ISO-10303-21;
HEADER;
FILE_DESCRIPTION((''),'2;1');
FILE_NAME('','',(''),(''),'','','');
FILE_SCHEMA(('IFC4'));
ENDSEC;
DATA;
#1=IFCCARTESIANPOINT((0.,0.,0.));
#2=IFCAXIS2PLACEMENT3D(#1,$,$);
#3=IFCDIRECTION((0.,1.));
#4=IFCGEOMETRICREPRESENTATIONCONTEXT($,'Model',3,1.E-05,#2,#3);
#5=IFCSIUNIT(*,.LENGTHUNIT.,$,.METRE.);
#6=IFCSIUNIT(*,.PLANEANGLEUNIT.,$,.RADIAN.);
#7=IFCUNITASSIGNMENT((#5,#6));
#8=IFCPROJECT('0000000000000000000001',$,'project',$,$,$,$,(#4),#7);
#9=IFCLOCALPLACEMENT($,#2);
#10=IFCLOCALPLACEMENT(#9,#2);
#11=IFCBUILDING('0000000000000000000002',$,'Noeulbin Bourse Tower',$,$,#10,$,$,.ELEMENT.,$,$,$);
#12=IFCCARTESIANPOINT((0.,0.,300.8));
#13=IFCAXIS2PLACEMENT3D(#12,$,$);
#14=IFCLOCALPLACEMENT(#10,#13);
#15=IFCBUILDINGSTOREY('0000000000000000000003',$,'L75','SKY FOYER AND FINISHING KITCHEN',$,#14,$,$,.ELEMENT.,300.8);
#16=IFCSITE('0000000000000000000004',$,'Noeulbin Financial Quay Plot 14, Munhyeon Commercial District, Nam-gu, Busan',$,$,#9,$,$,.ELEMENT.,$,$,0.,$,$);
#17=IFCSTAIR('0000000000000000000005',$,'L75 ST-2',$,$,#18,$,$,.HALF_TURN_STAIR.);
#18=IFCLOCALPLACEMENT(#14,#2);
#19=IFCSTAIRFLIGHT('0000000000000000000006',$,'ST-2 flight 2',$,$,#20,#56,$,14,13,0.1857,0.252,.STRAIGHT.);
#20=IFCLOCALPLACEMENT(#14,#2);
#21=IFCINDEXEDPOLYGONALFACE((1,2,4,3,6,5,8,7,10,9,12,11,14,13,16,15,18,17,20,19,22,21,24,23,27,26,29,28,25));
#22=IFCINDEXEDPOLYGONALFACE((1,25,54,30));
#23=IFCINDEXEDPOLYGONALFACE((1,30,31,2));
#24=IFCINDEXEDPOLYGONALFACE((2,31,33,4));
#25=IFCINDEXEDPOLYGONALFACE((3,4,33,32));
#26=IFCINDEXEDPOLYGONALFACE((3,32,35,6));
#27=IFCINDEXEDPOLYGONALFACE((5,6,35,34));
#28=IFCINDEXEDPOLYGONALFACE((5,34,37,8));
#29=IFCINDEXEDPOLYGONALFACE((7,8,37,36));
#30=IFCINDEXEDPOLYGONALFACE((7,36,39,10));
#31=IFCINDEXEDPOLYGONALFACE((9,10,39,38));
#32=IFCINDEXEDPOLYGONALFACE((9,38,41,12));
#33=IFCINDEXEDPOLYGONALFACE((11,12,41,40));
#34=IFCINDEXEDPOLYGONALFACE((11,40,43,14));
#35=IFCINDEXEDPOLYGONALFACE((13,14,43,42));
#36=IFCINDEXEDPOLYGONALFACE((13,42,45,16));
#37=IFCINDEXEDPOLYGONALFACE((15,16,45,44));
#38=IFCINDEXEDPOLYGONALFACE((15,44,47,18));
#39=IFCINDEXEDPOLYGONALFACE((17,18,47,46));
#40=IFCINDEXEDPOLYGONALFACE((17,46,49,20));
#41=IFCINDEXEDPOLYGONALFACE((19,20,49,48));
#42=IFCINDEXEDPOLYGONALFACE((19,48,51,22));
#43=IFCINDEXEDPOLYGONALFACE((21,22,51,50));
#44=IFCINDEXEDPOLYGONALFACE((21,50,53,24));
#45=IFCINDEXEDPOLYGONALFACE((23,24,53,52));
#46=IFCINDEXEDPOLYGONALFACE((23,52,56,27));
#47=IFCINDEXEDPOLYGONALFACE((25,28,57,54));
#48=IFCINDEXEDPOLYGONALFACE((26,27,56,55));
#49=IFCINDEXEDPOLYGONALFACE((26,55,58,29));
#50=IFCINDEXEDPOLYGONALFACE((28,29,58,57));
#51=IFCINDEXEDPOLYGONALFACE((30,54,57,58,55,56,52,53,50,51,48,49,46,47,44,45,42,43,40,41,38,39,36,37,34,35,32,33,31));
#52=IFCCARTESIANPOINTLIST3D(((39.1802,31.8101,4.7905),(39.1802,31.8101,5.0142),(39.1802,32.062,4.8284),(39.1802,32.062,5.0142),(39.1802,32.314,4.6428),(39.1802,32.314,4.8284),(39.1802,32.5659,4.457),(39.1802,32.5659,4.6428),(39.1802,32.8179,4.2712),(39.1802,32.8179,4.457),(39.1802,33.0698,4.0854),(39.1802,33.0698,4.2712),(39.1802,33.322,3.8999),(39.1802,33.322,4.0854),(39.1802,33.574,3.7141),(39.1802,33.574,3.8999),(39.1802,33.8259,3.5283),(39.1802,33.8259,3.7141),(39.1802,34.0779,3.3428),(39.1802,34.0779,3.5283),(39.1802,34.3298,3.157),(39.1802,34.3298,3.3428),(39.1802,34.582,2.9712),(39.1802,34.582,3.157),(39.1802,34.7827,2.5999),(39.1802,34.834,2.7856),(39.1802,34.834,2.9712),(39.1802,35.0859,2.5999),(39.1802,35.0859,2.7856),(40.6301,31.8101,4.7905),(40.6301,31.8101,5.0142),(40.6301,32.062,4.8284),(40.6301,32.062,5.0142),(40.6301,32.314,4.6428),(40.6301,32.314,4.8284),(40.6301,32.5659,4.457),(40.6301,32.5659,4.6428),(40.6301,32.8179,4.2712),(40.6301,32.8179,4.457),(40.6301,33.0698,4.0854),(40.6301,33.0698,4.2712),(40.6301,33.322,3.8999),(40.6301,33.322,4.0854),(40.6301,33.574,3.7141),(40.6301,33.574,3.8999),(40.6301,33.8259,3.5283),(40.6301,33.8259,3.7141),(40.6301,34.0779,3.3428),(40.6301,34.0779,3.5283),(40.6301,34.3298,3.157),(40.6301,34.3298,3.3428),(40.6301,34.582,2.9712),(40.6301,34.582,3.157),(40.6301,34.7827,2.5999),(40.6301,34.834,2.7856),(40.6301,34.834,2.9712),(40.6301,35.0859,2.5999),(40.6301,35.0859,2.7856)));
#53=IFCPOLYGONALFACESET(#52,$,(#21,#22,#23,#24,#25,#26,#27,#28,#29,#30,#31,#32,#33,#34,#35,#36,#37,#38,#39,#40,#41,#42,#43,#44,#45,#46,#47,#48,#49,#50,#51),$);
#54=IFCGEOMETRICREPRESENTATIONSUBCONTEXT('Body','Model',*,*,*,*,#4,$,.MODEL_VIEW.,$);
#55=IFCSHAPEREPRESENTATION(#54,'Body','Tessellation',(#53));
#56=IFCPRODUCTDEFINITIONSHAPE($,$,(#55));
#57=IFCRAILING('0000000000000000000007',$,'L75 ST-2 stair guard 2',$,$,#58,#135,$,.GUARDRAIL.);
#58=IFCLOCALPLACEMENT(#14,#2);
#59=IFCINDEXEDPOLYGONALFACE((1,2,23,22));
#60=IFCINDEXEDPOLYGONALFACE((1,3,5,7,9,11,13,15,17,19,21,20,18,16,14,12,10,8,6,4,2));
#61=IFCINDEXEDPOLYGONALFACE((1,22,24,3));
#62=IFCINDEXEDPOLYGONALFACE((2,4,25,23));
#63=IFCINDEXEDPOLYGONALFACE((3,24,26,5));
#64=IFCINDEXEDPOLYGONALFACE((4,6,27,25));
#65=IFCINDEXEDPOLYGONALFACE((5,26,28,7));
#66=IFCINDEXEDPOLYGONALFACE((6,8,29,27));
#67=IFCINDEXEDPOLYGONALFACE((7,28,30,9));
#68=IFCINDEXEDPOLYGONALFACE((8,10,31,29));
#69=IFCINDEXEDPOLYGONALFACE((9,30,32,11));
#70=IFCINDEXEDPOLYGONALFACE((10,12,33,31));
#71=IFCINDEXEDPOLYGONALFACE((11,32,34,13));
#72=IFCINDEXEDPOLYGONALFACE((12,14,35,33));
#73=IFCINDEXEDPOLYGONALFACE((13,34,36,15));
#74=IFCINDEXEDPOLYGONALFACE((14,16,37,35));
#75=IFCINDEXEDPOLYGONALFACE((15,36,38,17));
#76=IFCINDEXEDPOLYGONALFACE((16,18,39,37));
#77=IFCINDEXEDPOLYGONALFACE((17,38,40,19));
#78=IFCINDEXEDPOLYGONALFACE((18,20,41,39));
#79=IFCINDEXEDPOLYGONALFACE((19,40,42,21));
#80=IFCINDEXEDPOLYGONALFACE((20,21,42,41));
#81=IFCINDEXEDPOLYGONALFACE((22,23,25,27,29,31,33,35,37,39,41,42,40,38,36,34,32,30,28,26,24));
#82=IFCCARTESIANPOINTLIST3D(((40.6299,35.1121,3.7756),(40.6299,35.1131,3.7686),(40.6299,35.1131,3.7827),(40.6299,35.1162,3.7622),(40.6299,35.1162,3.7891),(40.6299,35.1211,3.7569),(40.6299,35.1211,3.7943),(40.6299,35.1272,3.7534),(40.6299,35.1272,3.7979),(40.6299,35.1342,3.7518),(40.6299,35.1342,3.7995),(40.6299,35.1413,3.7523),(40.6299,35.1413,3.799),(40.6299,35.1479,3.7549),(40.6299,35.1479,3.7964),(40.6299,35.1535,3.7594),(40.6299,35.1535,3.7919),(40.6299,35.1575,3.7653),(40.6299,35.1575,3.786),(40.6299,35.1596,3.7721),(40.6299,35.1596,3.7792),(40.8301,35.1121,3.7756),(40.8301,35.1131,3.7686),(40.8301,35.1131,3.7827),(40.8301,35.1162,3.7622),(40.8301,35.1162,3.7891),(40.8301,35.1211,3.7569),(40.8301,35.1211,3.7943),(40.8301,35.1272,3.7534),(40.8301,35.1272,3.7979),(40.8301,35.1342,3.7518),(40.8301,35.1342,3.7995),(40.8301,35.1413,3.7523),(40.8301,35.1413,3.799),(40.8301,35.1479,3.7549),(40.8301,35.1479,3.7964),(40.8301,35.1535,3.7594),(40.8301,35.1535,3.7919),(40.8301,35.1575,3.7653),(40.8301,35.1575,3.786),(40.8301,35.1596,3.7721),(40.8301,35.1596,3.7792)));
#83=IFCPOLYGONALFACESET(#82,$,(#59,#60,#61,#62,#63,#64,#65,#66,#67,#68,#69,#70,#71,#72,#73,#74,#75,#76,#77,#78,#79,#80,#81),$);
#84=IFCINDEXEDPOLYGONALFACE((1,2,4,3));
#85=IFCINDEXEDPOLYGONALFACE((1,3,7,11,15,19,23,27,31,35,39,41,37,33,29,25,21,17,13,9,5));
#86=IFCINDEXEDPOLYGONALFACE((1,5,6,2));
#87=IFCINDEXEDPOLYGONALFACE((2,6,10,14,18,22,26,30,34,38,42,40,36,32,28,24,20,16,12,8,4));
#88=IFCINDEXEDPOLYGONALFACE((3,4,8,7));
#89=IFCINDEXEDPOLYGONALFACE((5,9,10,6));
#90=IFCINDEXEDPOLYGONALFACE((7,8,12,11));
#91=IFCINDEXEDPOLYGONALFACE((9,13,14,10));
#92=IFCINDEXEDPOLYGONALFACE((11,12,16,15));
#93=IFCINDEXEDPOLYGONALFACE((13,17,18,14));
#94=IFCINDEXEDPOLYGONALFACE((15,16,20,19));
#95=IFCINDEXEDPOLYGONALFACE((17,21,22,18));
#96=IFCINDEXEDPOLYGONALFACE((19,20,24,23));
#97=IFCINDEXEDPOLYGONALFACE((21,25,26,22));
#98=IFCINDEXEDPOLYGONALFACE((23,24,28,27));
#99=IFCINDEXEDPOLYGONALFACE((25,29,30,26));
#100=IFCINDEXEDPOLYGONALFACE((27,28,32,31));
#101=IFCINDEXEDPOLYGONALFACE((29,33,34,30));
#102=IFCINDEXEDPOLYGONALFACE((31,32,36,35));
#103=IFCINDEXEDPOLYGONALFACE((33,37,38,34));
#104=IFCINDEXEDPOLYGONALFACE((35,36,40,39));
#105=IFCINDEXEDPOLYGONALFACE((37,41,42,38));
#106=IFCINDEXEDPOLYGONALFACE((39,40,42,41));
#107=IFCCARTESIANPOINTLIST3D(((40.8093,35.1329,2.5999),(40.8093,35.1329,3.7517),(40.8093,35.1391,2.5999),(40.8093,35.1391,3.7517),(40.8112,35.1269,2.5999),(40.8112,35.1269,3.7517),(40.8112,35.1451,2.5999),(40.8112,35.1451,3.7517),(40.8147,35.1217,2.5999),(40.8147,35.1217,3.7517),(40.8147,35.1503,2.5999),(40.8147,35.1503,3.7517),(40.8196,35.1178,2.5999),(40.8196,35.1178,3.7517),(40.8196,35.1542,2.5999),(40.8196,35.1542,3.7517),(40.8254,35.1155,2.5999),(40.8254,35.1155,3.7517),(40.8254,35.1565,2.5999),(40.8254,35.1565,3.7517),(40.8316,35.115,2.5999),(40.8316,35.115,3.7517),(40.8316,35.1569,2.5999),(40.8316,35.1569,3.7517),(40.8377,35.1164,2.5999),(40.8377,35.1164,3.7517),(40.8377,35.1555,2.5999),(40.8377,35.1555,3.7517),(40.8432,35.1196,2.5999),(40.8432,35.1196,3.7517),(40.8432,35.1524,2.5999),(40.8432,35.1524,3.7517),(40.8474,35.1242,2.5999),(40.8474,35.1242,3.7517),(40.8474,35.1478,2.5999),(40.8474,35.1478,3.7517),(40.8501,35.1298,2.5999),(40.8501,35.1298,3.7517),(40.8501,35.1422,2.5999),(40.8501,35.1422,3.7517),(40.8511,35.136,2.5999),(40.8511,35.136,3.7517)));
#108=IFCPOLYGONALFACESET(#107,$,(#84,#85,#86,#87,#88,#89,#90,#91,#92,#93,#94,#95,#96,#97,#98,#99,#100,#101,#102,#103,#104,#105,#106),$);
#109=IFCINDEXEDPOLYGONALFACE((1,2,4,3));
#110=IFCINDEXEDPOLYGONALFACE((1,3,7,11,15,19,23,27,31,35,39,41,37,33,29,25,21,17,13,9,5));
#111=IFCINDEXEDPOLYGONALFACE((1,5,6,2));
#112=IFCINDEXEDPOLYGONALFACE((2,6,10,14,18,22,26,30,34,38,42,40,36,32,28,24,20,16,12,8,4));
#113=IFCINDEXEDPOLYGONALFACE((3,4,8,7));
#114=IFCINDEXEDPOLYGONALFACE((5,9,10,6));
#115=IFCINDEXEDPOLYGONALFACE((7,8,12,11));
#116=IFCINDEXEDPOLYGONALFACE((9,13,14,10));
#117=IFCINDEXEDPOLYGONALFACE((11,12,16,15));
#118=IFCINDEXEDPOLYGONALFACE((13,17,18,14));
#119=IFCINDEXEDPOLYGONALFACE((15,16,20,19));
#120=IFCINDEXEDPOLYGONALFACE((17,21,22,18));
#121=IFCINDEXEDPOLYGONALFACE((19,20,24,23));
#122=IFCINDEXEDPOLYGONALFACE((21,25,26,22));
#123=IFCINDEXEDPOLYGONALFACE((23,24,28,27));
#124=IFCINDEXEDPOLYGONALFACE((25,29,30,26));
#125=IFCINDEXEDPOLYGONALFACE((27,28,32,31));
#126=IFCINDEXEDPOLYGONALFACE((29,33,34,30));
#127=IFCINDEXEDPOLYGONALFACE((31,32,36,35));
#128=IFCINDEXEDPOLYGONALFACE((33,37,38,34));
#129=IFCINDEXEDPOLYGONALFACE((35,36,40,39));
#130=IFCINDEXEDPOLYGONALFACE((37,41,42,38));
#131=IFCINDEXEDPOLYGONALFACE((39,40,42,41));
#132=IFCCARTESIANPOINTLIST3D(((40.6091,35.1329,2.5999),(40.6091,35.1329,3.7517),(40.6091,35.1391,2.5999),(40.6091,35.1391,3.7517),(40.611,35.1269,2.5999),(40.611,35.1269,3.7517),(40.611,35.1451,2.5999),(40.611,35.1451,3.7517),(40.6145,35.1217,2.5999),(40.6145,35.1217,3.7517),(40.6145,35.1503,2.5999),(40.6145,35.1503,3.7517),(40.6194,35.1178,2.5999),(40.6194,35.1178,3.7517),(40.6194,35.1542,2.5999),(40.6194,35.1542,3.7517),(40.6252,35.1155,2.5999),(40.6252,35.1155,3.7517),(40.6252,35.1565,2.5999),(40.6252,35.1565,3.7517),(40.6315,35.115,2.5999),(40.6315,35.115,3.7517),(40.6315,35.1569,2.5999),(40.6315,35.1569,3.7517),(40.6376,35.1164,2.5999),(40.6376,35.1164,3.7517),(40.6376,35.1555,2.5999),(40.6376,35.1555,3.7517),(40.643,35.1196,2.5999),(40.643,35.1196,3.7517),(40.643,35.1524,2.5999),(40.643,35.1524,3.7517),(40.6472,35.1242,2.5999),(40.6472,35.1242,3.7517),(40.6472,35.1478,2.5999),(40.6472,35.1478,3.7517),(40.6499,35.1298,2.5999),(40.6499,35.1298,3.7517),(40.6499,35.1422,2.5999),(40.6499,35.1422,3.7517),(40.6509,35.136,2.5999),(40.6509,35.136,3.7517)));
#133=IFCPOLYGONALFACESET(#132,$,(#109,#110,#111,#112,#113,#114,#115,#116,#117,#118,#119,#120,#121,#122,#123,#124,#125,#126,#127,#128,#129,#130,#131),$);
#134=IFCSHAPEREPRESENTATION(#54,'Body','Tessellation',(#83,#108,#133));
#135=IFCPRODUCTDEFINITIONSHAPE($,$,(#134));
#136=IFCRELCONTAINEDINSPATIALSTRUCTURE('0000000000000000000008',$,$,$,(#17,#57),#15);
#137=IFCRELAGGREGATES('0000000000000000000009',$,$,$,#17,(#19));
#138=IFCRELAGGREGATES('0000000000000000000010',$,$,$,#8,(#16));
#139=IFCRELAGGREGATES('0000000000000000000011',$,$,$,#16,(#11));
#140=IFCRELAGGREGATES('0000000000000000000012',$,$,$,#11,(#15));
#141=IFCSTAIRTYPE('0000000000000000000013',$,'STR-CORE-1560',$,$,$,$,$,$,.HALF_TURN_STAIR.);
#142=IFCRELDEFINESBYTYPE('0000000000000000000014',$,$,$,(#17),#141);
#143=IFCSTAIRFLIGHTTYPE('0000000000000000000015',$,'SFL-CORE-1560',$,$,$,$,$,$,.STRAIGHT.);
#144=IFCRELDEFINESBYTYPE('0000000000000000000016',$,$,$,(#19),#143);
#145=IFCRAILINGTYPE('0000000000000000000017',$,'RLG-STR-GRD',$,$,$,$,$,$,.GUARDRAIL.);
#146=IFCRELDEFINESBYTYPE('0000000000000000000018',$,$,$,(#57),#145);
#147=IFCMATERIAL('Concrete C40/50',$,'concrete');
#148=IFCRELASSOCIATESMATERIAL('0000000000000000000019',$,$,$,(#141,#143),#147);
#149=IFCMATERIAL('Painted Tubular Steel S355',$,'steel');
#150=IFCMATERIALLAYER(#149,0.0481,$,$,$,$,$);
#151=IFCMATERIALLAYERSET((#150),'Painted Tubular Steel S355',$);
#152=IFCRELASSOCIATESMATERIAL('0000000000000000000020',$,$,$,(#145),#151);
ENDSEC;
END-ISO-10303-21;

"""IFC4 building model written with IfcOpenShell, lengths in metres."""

from ifc_helpers import new_model, si_unit, direction, frame, origin, origin_2d, place, context, subcontext, project, spatial, polyline, circle, outline, extrude, material, layer, layer_set, type_object, element, aggregate, save


model = new_model("IFC4")

# Units and contexts
model_context = context("Model", 3, precision=1e-05, world=origin(), true_north=direction((0.0, 1.0)))
body_context = subcontext(model_context, "Body", "Model", "MODEL_VIEW")
ifc_project = project(units=[si_unit("LENGTHUNIT", "METRE"), si_unit("PLANEANGLEUNIT", "RADIAN")], contexts=[model_context])

# Site, building, storey
site_placement = place(None, origin())
site = spatial("IfcSite", under=ifc_project, at=site_placement, Name="Noeulbin Financial Quay Plot 14, Munhyeon Commercial District, Nam-gu, Busan", CompositionType="ELEMENT", RefElevation=0.0)
building_placement = place(site_placement, origin())
building = spatial("IfcBuilding", under=site, at=building_placement, Name="Noeulbin Bourse Tower", CompositionType="ELEMENT")
storey_placement = place(building_placement, frame((0.0, 0.0, 300.8)))
storey = spatial("IfcBuildingStorey", under=building, at=storey_placement, Name="L75", Description="SKY FOYER AND FINISHING KITCHEN", CompositionType="ELEMENT", Elevation=300.8)

# Shared definitions
ifc_material_1 = material(Name="Concrete C40/50", Category="concrete")

# Stair, stair flight
stair_type = type_object("IfcStairType", Name="STR-CORE-1560", PredefinedType="HALF_TURN_STAIR", material=ifc_material_1)
stair_placement = place(storey_placement, origin())
stair = element("IfcStair", 1, at=stair_placement, inside=storey, type_object=stair_type, Name="L75 ST-2", PredefinedType="HALF_TURN_STAIR")
stair_flight_type = type_object("IfcStairFlightType", Name="SFL-CORE-1560", PredefinedType="STRAIGHT", material=ifc_material_1)
stair_flight_placement = place(storey_placement, frame((39.905, 35.0859, 2.5999), z_axis=(0.0, 0.0, 1.0), x_axis=(0.0, -1.0, 0.0)))
stair_flight = element("IfcStairFlight", 2, at=stair_flight_placement, type_object=stair_flight_type, Name="ST-2 flight 2", NumberOfRisers=14, NumberOfTreads=13, PredefinedType="STRAIGHT", RiserHeight=0.1857, TreadLength=0.252, context=body_context, shape_type="SweptSolid", body=[
    extrude(outline(polyline([(0.0, 0.0), (0.0, 0.1858), (0.252, 0.1858), (0.252, 0.3713), (0.5039, 0.3713), (0.5039, 0.5571), (0.7561, 0.5571), (0.7561, 0.7429), (1.0081, 0.7429), (1.0081, 0.9285), (1.26, 0.9285), (1.26, 1.1143), (1.512, 1.1143), (1.512, 1.3), (1.7639, 1.3), (1.7639, 1.4856), (2.0161, 1.4856), (2.0161, 1.6714), (2.2681, 1.6714), (2.2681, 1.8572), (2.52, 1.8572), (2.52, 2.043), (2.772, 2.043), (2.772, 2.2285), (3.0239, 2.2285), (3.0239, 2.4143), (3.2759, 2.4143), (3.2759, 2.6001), (3.2759, 2.1907), (0.3032, 0.0), (0.0, 0.0)])), frame((0.0, 0.7251, 0.0), z_axis=(0.0, -1.0, 0.0), x_axis=(1.0, 0.0, 0.0)), (0.0, 0.0, 1.0), 1.45),
])
aggregate(stair, [stair_flight])

# Railing
ifc_material_2 = material(Name="Painted Tubular Steel S355", Category="steel")
ifc_layer_1 = layer(ifc_material_2, 0.0481)
ifc_layer_set_1 = layer_set([ifc_layer_1], Name="Painted Tubular Steel S355")
railing_type_1 = type_object("IfcRailingType", Name="RLG-STR-GRD", PredefinedType="GUARDRAIL", material=ifc_layer_set_1)
railing_1_placement = place(storey_placement, frame((40.8301, 35.136, 2.5999)))
element("IfcRailing", 3, at=railing_1_placement, inside=storey, type_object=railing_type_1, Name="L75 ST-2 stair guard 2", PredefinedType="GUARDRAIL", context=body_context, shape_type="SweptSolid", body=[
    extrude(circle(Radius=0.0239, at=origin_2d()), frame((0.0, 0.0, 1.1758), z_axis=(-1.0, 0.0, 0.0), x_axis=(0.0, -1.0, 0.0)), (0.0, 0.0, 1.0), 0.2002),
    extrude(circle(Radius=0.021, at=origin_2d()), origin(), (0.0, 0.0, 1.0), 1.1519),
    extrude(circle(Radius=0.021, at=origin_2d()), frame((-0.2002, 0.0, 0.0)), (0.0, 0.0, 1.0), 1.1519),
])

save(model, "model.ifc")
